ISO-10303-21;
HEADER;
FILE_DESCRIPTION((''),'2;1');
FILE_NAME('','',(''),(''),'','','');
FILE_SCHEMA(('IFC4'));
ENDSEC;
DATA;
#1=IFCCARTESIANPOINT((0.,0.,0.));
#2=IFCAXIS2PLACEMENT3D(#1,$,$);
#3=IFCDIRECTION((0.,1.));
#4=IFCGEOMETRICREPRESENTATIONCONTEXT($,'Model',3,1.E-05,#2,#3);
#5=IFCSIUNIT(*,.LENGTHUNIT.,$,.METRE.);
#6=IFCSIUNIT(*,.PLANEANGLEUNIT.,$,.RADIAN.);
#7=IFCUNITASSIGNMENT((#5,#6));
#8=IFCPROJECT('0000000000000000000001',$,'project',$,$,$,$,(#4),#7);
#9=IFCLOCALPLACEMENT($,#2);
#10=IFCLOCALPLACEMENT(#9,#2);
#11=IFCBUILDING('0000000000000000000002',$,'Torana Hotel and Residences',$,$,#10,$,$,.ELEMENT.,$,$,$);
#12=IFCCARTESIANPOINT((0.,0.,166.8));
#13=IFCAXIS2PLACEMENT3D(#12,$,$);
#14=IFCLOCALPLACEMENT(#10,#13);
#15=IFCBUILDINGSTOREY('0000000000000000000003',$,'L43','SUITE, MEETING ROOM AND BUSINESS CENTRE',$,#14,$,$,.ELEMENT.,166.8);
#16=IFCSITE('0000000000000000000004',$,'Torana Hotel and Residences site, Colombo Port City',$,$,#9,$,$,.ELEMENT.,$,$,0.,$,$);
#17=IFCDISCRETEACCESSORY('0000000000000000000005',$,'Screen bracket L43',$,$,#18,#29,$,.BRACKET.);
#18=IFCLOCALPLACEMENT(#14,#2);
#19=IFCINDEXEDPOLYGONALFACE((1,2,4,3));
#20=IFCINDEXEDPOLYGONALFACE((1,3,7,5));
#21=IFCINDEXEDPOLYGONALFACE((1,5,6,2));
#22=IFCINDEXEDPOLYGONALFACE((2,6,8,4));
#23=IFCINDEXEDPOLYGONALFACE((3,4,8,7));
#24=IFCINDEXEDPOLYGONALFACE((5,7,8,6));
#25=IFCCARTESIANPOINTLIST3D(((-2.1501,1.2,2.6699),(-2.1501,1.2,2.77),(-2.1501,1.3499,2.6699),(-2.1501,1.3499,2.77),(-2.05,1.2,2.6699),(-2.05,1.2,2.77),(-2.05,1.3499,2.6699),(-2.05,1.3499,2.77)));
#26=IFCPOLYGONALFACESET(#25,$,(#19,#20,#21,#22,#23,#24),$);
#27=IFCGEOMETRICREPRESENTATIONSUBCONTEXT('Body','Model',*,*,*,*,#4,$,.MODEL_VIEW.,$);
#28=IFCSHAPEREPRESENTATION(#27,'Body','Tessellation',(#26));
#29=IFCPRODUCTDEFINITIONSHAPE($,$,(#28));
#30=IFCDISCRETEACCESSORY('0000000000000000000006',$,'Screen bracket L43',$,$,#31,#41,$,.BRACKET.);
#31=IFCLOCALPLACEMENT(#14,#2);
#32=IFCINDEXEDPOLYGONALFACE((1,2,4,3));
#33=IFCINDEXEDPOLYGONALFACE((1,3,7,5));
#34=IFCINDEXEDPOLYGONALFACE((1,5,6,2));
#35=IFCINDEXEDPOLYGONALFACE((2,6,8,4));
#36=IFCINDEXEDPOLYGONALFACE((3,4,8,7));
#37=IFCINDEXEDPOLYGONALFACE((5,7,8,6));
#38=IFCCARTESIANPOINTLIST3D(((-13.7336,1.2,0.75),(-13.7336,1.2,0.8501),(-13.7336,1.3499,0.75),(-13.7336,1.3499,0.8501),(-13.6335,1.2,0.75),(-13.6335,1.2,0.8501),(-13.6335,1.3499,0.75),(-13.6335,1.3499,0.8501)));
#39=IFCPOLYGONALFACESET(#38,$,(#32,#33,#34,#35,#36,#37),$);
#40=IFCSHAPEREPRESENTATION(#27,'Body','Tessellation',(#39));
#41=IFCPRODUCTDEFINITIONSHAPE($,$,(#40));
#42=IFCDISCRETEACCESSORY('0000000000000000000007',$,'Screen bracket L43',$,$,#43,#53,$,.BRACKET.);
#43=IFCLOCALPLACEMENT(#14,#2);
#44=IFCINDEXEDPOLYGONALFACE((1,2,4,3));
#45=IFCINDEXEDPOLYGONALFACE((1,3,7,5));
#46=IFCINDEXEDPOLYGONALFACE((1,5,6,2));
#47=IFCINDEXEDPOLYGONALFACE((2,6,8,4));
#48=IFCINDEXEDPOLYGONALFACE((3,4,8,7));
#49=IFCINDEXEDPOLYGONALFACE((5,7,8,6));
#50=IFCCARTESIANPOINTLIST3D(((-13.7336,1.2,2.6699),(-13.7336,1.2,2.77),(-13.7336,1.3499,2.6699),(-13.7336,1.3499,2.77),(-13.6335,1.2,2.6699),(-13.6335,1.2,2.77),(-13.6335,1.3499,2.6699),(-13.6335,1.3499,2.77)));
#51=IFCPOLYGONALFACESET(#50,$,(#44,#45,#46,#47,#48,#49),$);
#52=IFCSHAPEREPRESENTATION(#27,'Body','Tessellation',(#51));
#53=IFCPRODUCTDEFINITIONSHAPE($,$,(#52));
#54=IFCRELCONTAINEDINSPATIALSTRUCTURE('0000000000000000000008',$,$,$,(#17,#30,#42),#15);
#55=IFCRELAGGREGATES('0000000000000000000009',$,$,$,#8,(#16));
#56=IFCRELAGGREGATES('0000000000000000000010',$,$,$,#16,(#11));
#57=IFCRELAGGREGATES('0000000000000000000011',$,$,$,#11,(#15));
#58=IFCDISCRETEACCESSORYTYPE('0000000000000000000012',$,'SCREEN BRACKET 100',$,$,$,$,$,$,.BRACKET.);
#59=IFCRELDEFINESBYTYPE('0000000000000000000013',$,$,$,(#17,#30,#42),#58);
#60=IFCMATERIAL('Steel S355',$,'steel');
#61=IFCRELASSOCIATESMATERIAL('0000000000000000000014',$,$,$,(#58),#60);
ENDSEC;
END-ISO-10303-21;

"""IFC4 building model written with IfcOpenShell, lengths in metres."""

from ifc_helpers import new_model, si_unit, direction, frame, origin, origin_2d, place, context, subcontext, project, spatial, rectangle, extrude, material, type_object, element, save


model = new_model("IFC4")

# Units and contexts
model_context = context("Model", 3, precision=1e-05, world=origin(), true_north=direction((0.0, 1.0)))
body_context = subcontext(model_context, "Body", "Model", "MODEL_VIEW")
ifc_project = project(units=[si_unit("LENGTHUNIT", "METRE"), si_unit("PLANEANGLEUNIT", "RADIAN")], contexts=[model_context])

# Site, building, storey
site_placement = place(None, origin())
site = spatial("IfcSite", under=ifc_project, at=site_placement, Name="Torana Hotel and Residences site, Colombo Port City", CompositionType="ELEMENT", RefElevation=0.0)
building_placement = place(site_placement, origin())
building = spatial("IfcBuilding", under=site, at=building_placement, Name="Torana Hotel and Residences", CompositionType="ELEMENT")
storey_placement = place(building_placement, frame((0.0, 0.0, 166.8)))
storey = spatial("IfcBuildingStorey", under=building, at=storey_placement, Name="L43", Description="SUITE, MEETING ROOM AND BUSINESS CENTRE", CompositionType="ELEMENT", Elevation=166.8)

# Discrete accessories
ifc_material_1 = material(Name="Steel S355", Category="steel")
discrete_accessory_type = type_object("IfcDiscreteAccessoryType", Name="SCREEN BRACKET 100", PredefinedType="BRACKET", material=ifc_material_1)
for number, where, z_axis, x_axis, name in (
    (1, (-2.1001, 1.2749, 2.6699), (0.0, 0.0, 1.0), (-1.0, 0.0, 0.0), "Screen bracket L43"),
    (2, (-13.6836, 1.2749, 0.75), (0.0, 0.0, 1.0), (-1.0, 0.0, 0.0), "Screen bracket L43"),
    (3, (-13.6836, 1.2749, 2.6699), (0.0, 0.0, 1.0), (-1.0, 0.0, 0.0), "Screen bracket L43"),
):
    element("IfcDiscreteAccessory", number, at=place(storey_placement, frame(where, z_axis=z_axis, x_axis=x_axis)), inside=storey, type_object=discrete_accessory_type, Name=name, PredefinedType="BRACKET", context=body_context, shape_type="SweptSolid", body=[
        extrude(rectangle(XDim=0.1001, YDim=0.1499, at=origin_2d()), origin(), (0.0, 0.0, 1.0), 0.1001),
    ])

save(model, "model.ifc")
